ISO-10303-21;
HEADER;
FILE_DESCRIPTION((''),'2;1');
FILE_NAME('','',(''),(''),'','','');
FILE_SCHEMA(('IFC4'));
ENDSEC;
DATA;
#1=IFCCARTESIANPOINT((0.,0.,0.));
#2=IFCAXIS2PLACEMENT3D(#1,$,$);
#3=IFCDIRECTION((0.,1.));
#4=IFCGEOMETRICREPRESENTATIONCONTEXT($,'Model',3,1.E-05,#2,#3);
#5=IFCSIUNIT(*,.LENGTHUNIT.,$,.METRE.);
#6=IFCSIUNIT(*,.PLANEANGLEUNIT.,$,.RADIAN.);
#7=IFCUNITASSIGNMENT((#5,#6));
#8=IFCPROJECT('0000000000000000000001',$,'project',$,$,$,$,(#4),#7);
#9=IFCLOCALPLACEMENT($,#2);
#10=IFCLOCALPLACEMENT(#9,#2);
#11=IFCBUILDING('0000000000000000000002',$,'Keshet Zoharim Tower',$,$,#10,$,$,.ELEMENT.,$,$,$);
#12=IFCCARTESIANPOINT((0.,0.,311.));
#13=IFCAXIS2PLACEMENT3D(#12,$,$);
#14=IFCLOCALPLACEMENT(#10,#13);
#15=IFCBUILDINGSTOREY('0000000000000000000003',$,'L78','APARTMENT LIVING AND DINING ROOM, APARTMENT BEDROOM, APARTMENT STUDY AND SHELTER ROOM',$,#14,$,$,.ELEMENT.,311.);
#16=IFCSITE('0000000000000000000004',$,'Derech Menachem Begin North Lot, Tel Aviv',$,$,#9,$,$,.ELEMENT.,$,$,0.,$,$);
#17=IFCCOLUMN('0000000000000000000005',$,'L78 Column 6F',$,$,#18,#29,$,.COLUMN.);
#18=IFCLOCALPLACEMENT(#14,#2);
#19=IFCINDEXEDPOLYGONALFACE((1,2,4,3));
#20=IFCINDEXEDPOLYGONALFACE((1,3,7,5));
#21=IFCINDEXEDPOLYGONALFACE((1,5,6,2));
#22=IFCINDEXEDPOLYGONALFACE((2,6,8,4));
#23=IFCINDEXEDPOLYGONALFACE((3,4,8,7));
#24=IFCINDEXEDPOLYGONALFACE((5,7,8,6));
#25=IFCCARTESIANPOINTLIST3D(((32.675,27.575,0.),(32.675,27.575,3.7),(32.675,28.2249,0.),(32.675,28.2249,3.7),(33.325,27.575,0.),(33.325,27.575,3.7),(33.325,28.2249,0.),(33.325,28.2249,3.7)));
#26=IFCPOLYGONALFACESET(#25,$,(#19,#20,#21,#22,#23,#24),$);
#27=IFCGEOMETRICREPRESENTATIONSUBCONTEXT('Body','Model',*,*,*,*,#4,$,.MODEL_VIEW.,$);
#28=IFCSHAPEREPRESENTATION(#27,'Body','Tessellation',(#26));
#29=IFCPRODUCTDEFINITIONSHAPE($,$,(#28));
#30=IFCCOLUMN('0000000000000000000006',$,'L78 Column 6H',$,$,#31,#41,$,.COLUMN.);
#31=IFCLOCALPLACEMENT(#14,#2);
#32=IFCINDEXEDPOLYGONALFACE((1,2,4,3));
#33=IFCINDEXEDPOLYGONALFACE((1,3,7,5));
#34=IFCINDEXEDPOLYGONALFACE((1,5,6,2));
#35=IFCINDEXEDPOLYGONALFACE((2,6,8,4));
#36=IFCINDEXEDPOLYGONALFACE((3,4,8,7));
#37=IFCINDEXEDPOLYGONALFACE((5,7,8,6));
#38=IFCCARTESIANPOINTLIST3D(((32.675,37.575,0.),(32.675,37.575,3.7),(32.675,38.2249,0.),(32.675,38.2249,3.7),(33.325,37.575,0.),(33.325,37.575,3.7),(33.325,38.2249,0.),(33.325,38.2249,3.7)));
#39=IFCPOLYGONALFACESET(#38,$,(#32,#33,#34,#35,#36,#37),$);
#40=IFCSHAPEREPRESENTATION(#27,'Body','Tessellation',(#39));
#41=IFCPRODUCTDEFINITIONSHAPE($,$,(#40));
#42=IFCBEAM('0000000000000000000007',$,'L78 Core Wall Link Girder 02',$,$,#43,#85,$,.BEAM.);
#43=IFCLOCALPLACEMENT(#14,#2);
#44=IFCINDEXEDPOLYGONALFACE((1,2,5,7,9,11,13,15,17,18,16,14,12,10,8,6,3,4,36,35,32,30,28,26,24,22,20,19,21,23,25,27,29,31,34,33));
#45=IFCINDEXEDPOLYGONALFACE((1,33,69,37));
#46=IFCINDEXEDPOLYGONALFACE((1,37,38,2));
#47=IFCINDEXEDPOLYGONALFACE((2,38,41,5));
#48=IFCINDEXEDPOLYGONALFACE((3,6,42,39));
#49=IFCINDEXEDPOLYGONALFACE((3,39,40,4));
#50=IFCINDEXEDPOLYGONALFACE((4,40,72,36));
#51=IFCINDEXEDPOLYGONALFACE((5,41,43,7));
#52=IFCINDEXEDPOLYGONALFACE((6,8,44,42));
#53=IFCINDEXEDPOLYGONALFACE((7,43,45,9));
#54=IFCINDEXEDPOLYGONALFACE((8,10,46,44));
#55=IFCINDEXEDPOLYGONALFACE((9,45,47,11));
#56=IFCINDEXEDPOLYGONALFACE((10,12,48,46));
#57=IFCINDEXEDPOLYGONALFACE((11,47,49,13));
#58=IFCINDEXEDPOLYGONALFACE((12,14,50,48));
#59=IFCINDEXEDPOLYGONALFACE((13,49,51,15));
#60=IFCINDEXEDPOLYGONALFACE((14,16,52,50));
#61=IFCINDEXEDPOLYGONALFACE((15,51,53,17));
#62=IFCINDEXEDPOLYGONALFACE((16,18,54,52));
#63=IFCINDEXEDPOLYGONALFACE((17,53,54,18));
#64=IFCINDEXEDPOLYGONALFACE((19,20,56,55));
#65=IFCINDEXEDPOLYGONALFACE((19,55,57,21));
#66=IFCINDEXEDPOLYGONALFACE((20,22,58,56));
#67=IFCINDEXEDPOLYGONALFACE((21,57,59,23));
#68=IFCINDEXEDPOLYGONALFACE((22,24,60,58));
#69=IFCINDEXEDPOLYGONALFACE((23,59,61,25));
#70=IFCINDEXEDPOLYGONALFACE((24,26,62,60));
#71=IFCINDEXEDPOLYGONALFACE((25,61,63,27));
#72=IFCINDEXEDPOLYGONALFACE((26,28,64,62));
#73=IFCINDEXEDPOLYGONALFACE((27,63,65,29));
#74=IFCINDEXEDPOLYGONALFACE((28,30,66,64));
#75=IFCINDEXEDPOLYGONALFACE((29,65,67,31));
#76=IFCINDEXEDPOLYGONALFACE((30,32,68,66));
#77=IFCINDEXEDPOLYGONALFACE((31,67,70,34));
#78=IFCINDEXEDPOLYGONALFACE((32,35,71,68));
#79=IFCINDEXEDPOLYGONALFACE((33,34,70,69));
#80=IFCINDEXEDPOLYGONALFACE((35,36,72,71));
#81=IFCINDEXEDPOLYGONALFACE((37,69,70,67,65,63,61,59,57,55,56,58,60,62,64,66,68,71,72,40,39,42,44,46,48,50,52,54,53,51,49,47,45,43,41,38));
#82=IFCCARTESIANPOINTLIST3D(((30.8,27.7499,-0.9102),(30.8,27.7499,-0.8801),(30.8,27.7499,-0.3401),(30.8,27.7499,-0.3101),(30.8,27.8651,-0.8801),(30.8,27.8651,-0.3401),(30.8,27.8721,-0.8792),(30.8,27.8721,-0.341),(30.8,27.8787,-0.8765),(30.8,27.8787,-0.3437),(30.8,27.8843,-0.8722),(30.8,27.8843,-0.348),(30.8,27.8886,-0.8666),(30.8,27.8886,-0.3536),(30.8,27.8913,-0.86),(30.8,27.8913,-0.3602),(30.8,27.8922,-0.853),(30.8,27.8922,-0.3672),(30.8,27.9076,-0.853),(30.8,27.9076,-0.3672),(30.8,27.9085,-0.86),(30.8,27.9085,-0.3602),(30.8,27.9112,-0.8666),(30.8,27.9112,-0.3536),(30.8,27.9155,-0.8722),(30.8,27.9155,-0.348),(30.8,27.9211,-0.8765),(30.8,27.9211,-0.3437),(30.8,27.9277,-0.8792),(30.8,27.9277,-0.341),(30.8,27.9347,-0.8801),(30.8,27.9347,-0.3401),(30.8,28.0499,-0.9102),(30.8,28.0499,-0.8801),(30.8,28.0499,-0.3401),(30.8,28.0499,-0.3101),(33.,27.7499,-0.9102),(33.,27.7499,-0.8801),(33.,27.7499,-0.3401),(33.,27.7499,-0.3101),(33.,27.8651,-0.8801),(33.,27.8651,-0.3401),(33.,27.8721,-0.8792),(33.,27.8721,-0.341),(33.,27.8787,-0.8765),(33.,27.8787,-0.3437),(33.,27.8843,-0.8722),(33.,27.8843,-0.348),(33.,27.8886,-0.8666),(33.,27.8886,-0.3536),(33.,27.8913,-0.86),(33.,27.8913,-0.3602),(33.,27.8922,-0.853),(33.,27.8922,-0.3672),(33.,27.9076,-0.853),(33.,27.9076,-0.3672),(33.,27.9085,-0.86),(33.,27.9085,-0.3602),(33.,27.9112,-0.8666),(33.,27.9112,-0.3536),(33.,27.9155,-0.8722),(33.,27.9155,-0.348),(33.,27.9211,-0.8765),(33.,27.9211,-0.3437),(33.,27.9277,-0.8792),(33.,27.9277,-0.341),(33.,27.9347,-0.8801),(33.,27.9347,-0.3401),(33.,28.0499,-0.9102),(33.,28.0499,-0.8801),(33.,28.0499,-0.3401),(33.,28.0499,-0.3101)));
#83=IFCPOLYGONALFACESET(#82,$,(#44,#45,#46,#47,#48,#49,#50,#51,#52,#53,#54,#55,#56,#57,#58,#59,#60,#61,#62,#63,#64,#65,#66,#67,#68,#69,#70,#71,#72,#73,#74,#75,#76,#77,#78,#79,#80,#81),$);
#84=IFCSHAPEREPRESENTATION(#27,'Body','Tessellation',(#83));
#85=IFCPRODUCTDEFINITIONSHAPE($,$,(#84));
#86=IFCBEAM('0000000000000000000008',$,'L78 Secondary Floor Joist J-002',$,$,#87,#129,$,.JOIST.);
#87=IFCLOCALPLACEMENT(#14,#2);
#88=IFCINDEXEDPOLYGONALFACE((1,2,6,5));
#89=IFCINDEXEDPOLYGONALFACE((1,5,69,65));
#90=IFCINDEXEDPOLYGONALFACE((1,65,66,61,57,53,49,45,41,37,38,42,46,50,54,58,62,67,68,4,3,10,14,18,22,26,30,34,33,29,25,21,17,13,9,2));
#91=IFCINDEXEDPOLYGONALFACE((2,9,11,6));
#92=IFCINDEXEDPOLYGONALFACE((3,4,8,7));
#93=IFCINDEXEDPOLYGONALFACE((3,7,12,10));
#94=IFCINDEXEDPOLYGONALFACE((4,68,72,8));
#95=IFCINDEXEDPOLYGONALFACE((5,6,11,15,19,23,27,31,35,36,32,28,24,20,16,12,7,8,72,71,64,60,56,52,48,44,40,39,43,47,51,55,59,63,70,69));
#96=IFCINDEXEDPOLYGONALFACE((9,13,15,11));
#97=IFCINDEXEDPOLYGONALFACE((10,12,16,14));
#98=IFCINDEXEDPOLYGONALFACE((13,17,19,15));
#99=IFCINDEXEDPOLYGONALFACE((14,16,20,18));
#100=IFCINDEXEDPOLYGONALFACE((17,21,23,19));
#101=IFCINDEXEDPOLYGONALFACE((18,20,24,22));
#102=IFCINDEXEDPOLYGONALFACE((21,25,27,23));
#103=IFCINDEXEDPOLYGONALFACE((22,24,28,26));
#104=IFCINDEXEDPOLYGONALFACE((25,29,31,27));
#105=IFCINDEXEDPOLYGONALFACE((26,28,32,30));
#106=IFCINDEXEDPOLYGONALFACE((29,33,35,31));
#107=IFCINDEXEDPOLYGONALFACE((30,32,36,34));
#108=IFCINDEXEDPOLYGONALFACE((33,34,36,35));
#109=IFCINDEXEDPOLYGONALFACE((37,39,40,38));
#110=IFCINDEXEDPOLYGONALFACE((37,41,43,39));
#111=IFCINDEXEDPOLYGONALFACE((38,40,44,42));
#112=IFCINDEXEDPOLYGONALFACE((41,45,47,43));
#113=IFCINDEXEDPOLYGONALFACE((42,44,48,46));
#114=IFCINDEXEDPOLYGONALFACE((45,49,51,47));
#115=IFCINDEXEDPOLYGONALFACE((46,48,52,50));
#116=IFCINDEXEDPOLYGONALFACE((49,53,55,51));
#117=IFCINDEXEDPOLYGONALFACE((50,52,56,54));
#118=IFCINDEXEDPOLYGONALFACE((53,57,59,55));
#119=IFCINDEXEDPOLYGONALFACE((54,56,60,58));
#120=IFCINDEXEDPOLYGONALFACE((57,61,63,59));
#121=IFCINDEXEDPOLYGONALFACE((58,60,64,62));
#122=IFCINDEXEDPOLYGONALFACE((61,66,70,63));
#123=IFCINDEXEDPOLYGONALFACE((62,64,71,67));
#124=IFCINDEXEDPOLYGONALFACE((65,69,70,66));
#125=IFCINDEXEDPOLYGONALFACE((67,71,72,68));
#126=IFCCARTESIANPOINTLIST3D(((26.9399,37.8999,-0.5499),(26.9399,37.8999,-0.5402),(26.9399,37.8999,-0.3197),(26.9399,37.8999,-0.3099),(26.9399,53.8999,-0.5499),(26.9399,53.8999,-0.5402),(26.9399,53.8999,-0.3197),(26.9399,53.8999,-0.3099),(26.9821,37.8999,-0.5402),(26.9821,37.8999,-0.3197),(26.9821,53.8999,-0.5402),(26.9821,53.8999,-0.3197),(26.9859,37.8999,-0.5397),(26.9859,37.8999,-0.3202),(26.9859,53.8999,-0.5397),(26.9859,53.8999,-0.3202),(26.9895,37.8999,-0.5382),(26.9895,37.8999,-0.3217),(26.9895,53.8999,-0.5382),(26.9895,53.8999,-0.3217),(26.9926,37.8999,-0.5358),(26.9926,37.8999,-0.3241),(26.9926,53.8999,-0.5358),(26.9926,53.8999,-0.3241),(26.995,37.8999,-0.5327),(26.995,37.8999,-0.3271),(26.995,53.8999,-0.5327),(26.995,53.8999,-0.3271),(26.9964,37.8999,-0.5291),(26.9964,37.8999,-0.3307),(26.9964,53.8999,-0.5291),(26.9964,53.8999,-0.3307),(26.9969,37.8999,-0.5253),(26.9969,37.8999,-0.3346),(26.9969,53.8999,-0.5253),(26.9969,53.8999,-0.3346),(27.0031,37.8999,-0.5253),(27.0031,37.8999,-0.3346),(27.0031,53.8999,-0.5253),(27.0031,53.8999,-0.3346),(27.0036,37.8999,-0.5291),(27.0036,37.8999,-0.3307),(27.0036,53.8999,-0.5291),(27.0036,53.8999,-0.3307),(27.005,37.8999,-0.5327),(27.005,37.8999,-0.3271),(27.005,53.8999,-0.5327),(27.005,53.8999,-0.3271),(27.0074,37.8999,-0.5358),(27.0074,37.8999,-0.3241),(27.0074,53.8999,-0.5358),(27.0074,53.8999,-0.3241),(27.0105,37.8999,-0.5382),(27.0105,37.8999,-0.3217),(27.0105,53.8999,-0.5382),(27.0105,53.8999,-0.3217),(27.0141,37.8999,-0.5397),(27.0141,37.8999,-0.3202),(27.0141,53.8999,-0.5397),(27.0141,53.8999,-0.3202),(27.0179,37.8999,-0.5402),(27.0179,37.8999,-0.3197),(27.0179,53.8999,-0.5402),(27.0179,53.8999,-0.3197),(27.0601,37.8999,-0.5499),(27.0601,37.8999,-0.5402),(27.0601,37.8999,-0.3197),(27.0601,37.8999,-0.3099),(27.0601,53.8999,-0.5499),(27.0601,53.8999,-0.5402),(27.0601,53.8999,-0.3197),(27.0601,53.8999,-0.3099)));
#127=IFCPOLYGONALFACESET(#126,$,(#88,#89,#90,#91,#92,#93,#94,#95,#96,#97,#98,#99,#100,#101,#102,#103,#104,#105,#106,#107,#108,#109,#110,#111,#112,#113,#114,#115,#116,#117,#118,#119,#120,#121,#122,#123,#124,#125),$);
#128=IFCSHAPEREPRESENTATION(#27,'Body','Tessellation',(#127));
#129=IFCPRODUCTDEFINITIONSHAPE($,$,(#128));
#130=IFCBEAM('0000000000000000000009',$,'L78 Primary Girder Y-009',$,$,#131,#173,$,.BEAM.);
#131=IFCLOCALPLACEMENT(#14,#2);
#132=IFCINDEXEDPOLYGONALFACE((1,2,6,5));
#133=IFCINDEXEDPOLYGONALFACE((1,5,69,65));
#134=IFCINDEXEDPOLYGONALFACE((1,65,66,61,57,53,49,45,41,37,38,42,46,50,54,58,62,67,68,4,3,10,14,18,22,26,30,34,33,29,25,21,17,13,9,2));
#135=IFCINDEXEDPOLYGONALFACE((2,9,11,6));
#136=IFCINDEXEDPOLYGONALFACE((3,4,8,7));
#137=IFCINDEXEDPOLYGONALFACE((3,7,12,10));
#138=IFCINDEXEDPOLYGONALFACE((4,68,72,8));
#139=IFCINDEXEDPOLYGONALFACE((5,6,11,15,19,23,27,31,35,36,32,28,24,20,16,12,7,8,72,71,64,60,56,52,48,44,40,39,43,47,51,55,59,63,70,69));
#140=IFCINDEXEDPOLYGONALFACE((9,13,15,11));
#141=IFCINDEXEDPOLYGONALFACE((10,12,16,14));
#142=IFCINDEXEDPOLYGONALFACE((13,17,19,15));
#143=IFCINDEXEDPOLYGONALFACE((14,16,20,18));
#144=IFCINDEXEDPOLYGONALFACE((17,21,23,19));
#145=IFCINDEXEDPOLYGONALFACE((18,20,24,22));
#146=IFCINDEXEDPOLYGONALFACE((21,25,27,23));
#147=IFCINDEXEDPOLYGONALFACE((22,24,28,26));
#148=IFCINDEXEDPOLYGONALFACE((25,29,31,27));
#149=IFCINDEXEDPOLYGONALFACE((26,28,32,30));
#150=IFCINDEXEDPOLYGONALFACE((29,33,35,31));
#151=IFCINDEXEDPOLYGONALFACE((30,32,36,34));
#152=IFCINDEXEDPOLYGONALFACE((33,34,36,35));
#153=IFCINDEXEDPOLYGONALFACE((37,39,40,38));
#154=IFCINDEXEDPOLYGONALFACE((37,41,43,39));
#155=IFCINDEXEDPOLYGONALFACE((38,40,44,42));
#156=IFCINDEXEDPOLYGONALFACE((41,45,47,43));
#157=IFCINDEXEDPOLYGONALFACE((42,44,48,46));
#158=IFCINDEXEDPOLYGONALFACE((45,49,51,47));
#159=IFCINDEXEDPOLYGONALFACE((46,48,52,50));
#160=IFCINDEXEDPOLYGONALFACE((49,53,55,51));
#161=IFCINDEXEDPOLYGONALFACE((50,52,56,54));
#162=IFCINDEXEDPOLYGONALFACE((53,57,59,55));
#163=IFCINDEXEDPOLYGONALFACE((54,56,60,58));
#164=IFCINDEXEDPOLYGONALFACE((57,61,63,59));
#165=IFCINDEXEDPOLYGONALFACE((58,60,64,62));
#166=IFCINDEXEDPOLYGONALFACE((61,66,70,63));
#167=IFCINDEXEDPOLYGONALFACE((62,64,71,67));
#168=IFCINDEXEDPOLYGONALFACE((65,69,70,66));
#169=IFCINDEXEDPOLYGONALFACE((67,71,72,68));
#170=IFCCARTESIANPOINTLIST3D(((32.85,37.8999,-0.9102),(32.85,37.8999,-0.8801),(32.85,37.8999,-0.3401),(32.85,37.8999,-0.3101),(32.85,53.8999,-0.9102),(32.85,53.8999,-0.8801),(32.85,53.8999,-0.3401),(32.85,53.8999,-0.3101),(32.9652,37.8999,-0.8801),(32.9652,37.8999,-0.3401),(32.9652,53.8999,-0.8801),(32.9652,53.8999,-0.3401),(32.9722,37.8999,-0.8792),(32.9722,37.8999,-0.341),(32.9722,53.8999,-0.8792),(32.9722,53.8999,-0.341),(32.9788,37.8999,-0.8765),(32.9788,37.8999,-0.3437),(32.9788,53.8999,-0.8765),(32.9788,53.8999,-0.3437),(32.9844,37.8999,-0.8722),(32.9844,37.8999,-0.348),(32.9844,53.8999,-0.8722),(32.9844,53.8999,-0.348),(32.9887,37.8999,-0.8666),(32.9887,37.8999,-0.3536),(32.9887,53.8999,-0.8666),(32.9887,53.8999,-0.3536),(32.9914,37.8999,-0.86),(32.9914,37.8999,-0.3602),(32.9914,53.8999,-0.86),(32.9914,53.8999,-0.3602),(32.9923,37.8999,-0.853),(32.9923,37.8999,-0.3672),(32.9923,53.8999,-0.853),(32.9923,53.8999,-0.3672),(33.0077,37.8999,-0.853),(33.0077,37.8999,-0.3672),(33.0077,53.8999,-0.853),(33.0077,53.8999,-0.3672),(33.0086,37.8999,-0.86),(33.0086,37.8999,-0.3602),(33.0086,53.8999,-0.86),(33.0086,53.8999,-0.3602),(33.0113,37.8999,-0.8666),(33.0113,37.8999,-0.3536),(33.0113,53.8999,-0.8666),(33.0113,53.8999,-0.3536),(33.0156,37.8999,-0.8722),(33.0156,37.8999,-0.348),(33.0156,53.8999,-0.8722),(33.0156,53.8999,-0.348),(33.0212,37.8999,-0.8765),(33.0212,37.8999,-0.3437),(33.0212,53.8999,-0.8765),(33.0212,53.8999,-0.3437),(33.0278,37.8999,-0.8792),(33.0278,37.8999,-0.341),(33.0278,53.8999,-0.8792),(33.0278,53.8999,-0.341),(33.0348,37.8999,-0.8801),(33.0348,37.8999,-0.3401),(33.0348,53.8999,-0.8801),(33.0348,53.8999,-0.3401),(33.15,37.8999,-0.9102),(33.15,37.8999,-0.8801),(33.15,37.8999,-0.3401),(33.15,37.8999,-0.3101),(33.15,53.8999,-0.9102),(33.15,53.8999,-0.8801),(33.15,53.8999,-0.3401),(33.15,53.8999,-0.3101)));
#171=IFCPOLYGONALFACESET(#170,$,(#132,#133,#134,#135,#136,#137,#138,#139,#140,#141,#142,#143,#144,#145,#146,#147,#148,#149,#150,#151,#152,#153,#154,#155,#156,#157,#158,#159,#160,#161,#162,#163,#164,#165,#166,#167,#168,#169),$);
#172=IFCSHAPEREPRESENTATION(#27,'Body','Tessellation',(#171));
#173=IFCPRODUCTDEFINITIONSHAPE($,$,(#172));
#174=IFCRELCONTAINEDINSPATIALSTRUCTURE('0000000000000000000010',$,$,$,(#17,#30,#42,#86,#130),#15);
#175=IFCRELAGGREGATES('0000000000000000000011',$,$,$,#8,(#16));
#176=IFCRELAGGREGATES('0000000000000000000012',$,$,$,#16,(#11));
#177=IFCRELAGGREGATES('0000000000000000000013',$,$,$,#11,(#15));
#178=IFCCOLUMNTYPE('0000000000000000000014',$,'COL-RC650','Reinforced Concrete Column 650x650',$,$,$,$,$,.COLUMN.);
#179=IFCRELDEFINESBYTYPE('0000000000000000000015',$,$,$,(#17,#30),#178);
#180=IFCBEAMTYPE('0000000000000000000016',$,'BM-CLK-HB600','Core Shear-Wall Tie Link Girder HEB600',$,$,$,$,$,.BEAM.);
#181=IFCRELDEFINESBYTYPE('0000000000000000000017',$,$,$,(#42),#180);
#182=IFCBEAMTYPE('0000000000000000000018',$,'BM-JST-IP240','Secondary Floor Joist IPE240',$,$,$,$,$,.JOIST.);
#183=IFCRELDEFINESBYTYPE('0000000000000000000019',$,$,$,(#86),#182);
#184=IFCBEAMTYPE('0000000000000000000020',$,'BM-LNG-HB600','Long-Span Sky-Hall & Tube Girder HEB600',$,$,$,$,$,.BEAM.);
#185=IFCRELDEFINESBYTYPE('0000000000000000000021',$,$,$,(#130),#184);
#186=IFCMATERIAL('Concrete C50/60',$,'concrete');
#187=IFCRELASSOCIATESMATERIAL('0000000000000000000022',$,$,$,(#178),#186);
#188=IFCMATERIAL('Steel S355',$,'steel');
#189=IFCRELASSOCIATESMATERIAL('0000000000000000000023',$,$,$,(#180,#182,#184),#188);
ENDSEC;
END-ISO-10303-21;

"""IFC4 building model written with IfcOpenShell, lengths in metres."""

from ifc_helpers import new_model, si_unit, direction, frame, origin, origin_2d, place, context, subcontext, project, spatial, rectangle, i_section, extrude, material, material_profile, profile_set, type_object, element, save


model = new_model("IFC4")

# Units and contexts
model_context = context("Model", 3, precision=1e-05, world=origin(), true_north=direction((0.0, 1.0)))
body_context = subcontext(model_context, "Body", "Model", "MODEL_VIEW")
ifc_project = project(units=[si_unit("LENGTHUNIT", "METRE"), si_unit("PLANEANGLEUNIT", "RADIAN")], contexts=[model_context])

# Site, building, storey
site_placement = place(None, origin())
site = spatial("IfcSite", under=ifc_project, at=site_placement, Name="Derech Menachem Begin North Lot, Tel Aviv", CompositionType="ELEMENT", RefElevation=0.0)
building_placement = place(site_placement, origin())
building = spatial("IfcBuilding", under=site, at=building_placement, Name="Keshet Zoharim Tower", CompositionType="ELEMENT")
storey_placement = place(building_placement, frame((0.0, 0.0, 311.0)))
storey = spatial("IfcBuildingStorey", under=building, at=storey_placement, Name="L78", Description="APARTMENT LIVING AND DINING ROOM, APARTMENT BEDROOM, APARTMENT STUDY AND SHELTER ROOM", CompositionType="ELEMENT", Elevation=311.0)

# Columns
ifc_material_1 = material(Name="Concrete C50/60", Category="concrete")
ifc_material_profile_1 = material_profile(ifc_material_1, rectangle(XDim=0.6499, YDim=0.6499, at=origin_2d()), Name="RC650x650")
ifc_profile_set_1 = profile_set([ifc_material_profile_1], Name="Concrete C50/60")
column_type = type_object("IfcColumnType", Name="COL-RC650", Description="Reinforced Concrete Column 650x650", PredefinedType="COLUMN", material=ifc_profile_set_1)
for number, where, z_axis, x_axis, name in (
    (1, (33.0, 27.8999, 0.0), (0.0, 0.0, 1.0), (1.0, 0.0, 0.0), "L78 Column 6F"),
    (2, (33.0, 37.8999, 0.0), (0.0, 0.0, 1.0), (1.0, 0.0, 0.0), "L78 Column 6H"),
):
    element("IfcColumn", number, at=place(storey_placement, frame(where, z_axis=z_axis, x_axis=x_axis)), inside=storey, type_object=column_type, Name=name, PredefinedType="COLUMN", context=body_context, shape_type="SweptSolid", body=[
        extrude(rectangle(XDim=0.6499, YDim=0.6499, at=origin_2d()), origin(), (0.0, 0.0, 1.0), 3.7),
    ])

# Beams
ifc_material_2 = material(Name="Steel S355", Category="steel")
ifc_material_profile_2 = material_profile(ifc_material_2, i_section(OverallWidth=0.3, OverallDepth=0.6001, WebThickness=0.0154, FlangeThickness=0.03, FilletRadius=0.0271, at=origin_2d()), Name="HEB600")
ifc_profile_set_2 = profile_set([ifc_material_profile_2], Name="Steel S355")
beam_type_1 = type_object("IfcBeamType", Name="BM-CLK-HB600", Description="Core Shear-Wall Tie Link Girder HEB600", PredefinedType="BEAM", material=ifc_profile_set_2)
beam_1_placement = place(storey_placement, frame((30.8, 27.8999, -0.6101), z_axis=(1.0, 0.0, 0.0), x_axis=(0.0, 1.0, 0.0)))
element("IfcBeam", 3, at=beam_1_placement, inside=storey, type_object=beam_type_1, Name="L78 Core Wall Link Girder 02", PredefinedType="BEAM", context=body_context, shape_type="SweptSolid", body=[
    extrude(i_section(OverallWidth=0.3, OverallDepth=0.6001, WebThickness=0.0154, FlangeThickness=0.03, FilletRadius=0.0271, at=origin_2d()), origin(), (0.0, 0.0, 1.0), 2.2),
])
ifc_material_profile_3 = material_profile(ifc_material_2, i_section(OverallWidth=0.1201, OverallDepth=0.24, WebThickness=0.0061, FlangeThickness=0.0098, FilletRadius=0.0149, at=origin_2d()), Name="IPE240")
ifc_profile_set_3 = profile_set([ifc_material_profile_3], Name="Steel S355")
beam_type_2 = type_object("IfcBeamType", Name="BM-JST-IP240", Description="Secondary Floor Joist IPE240", PredefinedType="JOIST", material=ifc_profile_set_3)
beam_2_placement = place(storey_placement, frame((27.0, 37.8999, -0.4299), z_axis=(0.0, 1.0, 0.0), x_axis=(-1.0, 0.0, 0.0)))
element("IfcBeam", 4, at=beam_2_placement, inside=storey, type_object=beam_type_2, Name="L78 Secondary Floor Joist J-002", PredefinedType="JOIST", context=body_context, shape_type="SweptSolid", body=[
    extrude(i_section(OverallWidth=0.1201, OverallDepth=0.24, WebThickness=0.0061, FlangeThickness=0.0098, FilletRadius=0.0149, at=origin_2d()), origin(), (0.0, 0.0, 1.0), 16.0),
])
ifc_material_profile_4 = material_profile(ifc_material_2, i_section(OverallWidth=0.3, OverallDepth=0.6001, WebThickness=0.0154, FlangeThickness=0.03, FilletRadius=0.0271, at=origin_2d()), Name="HEB600")
ifc_profile_set_4 = profile_set([ifc_material_profile_4], Name="Steel S355")
beam_type_3 = type_object("IfcBeamType", Name="BM-LNG-HB600", Description="Long-Span Sky-Hall & Tube Girder HEB600", PredefinedType="BEAM", material=ifc_profile_set_4)
beam_3_placement = place(storey_placement, frame((33.0, 37.8999, -0.6101), z_axis=(0.0, 1.0, 0.0), x_axis=(-1.0, 0.0, 0.0)))
element("IfcBeam", 5, at=beam_3_placement, inside=storey, type_object=beam_type_3, Name="L78 Primary Girder Y-009", PredefinedType="BEAM", context=body_context, shape_type="SweptSolid", body=[
    extrude(i_section(OverallWidth=0.3, OverallDepth=0.6001, WebThickness=0.0154, FlangeThickness=0.03, FilletRadius=0.0271, at=origin_2d()), origin(), (0.0, 0.0, 1.0), 16.0),
])

save(model, "model.ifc")
